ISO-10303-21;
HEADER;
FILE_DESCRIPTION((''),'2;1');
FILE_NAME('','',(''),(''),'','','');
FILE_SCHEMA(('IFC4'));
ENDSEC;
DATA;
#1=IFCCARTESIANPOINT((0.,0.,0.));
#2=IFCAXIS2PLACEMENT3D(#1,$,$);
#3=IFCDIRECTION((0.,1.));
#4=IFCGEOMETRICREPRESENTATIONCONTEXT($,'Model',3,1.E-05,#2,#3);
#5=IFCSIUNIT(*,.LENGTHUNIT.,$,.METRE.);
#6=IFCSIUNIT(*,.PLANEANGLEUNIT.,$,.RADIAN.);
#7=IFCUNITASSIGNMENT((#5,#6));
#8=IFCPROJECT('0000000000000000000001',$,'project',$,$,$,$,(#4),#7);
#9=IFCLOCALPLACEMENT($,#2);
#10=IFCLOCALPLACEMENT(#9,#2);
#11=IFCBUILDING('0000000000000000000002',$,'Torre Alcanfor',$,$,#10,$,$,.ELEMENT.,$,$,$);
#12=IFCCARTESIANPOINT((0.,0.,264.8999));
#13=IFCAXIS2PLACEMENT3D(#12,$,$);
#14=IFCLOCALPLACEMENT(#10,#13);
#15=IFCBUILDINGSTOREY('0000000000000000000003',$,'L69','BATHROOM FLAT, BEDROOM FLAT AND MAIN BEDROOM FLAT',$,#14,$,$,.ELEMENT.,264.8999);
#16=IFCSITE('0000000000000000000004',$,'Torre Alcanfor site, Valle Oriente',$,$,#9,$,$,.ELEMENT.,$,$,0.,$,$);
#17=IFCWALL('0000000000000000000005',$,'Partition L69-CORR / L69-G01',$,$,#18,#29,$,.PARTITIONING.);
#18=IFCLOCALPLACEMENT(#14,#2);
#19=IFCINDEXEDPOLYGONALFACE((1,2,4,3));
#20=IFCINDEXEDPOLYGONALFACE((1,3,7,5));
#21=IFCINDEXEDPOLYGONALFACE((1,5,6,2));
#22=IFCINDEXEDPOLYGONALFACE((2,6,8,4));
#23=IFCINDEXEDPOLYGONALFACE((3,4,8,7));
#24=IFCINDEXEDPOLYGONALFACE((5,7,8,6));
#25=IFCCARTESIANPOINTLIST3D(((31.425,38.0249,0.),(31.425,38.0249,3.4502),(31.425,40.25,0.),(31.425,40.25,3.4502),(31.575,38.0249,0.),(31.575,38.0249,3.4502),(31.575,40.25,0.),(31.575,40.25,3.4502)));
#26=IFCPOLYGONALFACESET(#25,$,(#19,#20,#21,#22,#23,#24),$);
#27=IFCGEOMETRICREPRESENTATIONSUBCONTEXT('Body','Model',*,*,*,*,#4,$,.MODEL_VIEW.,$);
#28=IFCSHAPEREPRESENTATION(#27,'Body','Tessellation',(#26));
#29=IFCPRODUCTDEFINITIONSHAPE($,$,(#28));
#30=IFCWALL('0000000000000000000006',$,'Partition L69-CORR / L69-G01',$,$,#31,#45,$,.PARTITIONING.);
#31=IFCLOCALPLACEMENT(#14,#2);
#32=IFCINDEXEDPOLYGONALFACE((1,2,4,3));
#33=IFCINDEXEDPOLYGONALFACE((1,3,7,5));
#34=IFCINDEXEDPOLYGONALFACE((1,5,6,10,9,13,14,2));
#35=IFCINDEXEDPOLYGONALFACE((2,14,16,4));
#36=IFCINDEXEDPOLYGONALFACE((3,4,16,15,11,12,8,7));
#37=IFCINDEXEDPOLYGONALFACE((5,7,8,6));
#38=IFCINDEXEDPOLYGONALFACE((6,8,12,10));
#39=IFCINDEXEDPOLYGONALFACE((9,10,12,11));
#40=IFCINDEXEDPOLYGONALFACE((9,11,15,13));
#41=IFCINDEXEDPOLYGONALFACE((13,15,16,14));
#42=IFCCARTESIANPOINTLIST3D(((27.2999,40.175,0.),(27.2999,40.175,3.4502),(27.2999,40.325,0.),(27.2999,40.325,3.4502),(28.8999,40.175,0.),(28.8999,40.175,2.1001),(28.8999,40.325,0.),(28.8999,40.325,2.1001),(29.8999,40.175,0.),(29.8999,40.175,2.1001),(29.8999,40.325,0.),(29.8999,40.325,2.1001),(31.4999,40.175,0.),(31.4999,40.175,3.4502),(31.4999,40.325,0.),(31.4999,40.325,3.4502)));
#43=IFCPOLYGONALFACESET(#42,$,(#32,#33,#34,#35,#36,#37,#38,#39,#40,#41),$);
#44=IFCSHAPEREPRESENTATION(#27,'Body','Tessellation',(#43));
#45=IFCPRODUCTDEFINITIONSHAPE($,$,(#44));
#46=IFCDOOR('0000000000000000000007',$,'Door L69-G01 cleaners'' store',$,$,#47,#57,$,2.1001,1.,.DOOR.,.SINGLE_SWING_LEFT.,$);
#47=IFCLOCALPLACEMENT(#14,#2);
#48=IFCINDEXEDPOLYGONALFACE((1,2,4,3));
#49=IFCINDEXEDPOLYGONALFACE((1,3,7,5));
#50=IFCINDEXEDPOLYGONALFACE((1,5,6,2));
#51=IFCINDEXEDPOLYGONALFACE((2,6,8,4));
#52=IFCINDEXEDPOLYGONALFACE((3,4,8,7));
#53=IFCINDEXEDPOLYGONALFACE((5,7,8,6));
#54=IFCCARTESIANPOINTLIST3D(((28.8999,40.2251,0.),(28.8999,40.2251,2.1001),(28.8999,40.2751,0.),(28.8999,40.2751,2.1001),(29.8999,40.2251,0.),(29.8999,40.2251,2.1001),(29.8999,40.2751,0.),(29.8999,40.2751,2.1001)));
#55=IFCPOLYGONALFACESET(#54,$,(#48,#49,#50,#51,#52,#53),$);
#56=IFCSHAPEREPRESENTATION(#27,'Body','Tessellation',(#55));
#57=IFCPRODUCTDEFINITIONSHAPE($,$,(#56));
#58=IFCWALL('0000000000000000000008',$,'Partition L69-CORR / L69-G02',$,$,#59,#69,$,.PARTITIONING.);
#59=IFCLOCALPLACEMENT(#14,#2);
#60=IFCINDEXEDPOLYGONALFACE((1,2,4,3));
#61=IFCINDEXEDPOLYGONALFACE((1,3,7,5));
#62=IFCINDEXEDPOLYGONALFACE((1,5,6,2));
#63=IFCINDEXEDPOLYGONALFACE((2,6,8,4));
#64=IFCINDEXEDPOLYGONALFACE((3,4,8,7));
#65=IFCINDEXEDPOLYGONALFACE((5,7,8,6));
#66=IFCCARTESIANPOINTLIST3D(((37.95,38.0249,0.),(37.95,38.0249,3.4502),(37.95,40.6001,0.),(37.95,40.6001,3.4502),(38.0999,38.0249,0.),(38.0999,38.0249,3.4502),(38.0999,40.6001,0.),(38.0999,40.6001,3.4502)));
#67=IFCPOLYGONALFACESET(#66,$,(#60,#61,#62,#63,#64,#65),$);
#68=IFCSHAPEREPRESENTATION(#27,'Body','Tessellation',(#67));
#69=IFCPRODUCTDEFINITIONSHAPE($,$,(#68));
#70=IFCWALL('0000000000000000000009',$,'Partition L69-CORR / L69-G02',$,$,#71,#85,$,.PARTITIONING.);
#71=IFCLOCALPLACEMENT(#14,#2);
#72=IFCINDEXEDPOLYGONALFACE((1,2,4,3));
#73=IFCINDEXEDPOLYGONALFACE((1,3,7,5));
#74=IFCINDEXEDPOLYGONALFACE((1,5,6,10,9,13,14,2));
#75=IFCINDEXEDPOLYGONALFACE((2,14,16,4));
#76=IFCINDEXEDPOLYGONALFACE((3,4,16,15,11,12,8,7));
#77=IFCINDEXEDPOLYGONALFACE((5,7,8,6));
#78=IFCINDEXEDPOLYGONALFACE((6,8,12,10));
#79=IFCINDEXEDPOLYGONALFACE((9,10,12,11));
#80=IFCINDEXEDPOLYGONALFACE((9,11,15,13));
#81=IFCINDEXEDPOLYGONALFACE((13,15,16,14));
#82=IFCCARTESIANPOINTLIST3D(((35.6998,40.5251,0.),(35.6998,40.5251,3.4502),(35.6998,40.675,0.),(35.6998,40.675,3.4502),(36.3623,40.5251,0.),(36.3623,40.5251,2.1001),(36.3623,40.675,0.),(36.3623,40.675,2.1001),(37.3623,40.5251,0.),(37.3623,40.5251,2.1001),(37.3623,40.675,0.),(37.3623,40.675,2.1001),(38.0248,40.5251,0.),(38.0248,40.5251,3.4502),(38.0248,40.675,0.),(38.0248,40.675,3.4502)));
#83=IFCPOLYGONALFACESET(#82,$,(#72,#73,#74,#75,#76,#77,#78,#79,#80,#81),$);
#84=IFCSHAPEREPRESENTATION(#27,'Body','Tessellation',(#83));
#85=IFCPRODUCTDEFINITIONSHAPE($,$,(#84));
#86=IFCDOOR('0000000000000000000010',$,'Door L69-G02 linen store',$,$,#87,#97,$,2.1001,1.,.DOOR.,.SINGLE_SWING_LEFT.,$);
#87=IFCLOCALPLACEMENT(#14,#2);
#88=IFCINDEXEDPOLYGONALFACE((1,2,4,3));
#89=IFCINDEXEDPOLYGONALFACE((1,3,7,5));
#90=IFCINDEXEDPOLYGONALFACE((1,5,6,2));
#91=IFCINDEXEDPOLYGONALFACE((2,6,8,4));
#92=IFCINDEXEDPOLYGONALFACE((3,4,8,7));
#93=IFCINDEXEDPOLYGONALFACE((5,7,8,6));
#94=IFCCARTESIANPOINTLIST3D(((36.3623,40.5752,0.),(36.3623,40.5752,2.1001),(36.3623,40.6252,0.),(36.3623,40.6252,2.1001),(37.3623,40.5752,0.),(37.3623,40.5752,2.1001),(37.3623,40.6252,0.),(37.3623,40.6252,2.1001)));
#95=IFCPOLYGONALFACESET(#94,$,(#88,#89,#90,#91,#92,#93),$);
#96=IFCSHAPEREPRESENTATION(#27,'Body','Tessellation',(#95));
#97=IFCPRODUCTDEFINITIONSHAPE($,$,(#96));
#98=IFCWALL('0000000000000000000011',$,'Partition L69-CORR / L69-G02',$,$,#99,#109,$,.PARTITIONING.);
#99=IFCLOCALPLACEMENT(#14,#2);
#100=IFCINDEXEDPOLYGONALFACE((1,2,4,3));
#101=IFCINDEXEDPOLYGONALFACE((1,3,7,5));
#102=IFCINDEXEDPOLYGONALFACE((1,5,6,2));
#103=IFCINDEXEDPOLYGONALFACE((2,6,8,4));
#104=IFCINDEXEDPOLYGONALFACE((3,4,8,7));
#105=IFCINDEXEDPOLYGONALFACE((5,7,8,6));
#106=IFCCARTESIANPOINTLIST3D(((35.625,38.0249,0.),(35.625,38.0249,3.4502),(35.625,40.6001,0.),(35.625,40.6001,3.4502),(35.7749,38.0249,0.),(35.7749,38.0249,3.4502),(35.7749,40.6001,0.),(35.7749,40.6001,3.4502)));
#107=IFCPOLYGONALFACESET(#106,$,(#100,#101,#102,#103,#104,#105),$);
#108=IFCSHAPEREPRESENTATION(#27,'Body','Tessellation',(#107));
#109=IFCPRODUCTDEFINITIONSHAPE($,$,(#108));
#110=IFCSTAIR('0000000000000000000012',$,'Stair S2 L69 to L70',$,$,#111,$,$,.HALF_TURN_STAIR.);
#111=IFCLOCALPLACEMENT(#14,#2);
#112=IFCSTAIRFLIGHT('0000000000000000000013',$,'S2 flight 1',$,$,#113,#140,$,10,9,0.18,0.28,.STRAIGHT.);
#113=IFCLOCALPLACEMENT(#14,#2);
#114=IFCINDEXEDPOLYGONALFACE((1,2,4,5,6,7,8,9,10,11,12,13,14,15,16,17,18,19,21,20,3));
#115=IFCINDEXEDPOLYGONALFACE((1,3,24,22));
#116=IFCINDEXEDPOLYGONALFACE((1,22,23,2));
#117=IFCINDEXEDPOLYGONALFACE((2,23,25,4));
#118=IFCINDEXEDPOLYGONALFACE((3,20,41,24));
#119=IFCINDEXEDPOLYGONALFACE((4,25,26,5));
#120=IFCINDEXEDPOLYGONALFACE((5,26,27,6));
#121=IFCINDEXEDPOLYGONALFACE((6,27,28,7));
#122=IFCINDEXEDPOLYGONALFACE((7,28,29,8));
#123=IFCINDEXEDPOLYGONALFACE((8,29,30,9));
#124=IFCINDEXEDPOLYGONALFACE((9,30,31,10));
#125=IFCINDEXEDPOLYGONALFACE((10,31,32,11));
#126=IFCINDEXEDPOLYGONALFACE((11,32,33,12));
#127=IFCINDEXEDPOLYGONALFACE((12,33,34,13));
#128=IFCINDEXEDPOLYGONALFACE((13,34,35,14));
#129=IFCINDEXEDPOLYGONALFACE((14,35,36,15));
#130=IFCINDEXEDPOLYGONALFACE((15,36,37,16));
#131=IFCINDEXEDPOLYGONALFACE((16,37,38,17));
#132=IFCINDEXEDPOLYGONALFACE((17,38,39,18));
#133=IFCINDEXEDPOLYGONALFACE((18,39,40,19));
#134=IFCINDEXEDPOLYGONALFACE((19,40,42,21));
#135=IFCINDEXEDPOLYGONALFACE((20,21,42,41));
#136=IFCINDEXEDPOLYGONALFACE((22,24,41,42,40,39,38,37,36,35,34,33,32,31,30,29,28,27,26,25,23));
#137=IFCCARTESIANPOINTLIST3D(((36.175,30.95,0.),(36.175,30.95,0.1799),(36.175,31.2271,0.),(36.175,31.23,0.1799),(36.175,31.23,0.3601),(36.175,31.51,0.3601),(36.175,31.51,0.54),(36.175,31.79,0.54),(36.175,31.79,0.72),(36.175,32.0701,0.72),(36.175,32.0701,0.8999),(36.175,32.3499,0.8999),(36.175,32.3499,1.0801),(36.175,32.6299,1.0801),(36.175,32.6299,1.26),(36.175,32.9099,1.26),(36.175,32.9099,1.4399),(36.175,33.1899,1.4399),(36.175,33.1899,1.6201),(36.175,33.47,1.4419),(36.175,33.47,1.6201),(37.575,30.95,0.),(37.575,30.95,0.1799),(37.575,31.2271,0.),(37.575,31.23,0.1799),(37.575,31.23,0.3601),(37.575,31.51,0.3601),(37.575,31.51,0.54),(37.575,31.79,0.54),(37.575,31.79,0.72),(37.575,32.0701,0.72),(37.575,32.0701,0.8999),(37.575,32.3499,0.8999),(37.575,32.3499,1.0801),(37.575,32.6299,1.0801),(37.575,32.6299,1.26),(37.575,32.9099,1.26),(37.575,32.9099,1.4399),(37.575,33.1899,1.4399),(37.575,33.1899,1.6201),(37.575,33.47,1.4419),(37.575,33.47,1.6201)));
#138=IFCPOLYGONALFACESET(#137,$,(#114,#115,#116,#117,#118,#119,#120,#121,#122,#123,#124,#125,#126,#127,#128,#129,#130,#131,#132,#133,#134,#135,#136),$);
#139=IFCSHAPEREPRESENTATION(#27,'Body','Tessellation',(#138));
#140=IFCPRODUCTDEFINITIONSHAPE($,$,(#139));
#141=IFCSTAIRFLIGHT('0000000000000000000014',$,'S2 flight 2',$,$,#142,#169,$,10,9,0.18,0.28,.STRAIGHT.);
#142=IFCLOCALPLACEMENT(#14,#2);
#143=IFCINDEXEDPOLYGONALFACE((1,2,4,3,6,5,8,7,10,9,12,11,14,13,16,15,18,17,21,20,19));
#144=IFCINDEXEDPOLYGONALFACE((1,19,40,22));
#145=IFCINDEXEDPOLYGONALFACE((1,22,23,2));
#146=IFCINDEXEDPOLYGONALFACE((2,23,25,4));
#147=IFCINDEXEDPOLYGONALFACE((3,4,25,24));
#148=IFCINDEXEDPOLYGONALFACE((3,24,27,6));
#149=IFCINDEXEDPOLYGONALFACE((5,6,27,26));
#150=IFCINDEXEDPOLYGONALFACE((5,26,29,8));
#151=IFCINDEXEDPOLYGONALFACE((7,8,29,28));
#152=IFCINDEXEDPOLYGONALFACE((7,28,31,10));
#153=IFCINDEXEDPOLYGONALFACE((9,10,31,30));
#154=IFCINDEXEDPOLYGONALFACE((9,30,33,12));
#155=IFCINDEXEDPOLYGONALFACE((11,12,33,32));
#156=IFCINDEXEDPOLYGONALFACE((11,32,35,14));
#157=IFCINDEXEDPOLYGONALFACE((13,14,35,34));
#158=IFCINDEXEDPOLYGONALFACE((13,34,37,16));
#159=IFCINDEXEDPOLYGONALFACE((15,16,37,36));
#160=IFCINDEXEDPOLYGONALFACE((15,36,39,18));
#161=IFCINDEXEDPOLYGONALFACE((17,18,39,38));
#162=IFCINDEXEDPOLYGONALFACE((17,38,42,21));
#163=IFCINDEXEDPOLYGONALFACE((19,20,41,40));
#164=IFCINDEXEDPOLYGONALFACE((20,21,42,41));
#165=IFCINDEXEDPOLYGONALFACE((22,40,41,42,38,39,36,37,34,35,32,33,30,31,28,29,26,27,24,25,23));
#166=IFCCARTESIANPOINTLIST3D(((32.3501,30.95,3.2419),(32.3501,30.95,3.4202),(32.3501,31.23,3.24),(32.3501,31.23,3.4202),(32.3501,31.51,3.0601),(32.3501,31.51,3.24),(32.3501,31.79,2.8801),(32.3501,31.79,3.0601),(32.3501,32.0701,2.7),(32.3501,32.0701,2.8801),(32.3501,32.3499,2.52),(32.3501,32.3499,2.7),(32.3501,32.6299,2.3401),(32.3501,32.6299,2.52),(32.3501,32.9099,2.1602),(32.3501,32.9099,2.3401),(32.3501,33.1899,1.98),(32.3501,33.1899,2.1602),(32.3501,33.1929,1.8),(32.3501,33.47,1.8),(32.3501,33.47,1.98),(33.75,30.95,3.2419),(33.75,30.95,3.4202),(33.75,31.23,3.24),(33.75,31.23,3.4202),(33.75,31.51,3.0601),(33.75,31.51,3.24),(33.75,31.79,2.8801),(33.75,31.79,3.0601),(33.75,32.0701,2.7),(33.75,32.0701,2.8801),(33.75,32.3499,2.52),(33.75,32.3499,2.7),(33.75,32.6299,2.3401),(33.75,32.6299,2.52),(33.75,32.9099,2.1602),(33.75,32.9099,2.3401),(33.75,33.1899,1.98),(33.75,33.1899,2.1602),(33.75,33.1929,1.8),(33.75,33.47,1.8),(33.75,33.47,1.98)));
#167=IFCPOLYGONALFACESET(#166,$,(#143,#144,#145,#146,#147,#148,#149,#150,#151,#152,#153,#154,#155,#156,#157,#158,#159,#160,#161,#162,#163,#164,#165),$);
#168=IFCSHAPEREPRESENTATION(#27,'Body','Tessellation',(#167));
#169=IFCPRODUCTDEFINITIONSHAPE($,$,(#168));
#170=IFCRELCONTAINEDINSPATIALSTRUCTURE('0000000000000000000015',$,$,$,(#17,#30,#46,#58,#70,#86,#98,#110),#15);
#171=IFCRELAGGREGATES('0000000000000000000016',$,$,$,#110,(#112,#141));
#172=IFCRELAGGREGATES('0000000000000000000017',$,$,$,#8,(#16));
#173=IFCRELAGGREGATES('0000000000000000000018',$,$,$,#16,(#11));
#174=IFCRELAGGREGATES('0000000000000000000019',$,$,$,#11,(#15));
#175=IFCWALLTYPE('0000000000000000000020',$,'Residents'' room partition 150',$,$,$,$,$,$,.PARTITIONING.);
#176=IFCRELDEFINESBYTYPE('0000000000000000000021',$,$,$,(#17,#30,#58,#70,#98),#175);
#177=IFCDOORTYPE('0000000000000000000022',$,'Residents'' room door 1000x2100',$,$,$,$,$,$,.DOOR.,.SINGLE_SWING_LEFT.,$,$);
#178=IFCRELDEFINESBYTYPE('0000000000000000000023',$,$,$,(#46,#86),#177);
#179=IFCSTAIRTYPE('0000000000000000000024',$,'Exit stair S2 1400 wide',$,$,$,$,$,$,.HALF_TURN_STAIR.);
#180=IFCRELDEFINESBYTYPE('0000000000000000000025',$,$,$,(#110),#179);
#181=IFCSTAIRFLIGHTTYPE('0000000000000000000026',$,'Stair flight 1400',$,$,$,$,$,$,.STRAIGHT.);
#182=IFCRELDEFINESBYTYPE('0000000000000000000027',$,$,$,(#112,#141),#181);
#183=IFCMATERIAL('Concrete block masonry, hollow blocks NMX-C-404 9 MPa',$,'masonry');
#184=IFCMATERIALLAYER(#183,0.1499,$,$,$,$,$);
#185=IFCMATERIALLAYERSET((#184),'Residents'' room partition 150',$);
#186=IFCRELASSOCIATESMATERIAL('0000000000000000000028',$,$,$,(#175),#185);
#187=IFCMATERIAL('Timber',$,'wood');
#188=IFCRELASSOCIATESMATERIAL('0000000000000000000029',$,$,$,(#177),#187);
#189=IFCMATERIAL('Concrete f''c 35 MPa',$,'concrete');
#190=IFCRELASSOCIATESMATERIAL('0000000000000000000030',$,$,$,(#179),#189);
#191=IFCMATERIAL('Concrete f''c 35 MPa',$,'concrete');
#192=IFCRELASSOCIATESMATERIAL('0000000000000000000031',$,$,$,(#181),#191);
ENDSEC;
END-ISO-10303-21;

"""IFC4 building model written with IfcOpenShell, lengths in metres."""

from ifc_helpers import new_model, si_unit, direction, frame, frame_2d, origin, place, context, subcontext, project, spatial, polyline, rectangle, outline, extrude, material, layer, layer_set, type_object, element, fill, aggregate, save


model = new_model("IFC4")

# Units and contexts
model_context = context("Model", 3, precision=1e-05, world=origin(), true_north=direction((0.0, 1.0)))
body_context = subcontext(model_context, "Body", "Model", "MODEL_VIEW")
ifc_project = project(units=[si_unit("LENGTHUNIT", "METRE"), si_unit("PLANEANGLEUNIT", "RADIAN")], contexts=[model_context])

# Site, building, storey
site_placement = place(None, origin())
site = spatial("IfcSite", under=ifc_project, at=site_placement, Name="Torre Alcanfor site, Valle Oriente", CompositionType="ELEMENT", RefElevation=0.0)
building_placement = place(site_placement, origin())
building = spatial("IfcBuilding", under=site, at=building_placement, Name="Torre Alcanfor", CompositionType="ELEMENT")
storey_placement = place(building_placement, frame((0.0, 0.0, 264.8999)))
storey = spatial("IfcBuildingStorey", under=building, at=storey_placement, Name="L69", Description="BATHROOM FLAT, BEDROOM FLAT AND MAIN BEDROOM FLAT", CompositionType="ELEMENT", Elevation=264.8999)

# Wall
ifc_material_1 = material(Name="Concrete block masonry, hollow blocks NMX-C-404 9 MPa", Category="masonry")
ifc_layer_1 = layer(ifc_material_1, 0.1499)
ifc_layer_set_1 = layer_set([ifc_layer_1], Name="Residents' room partition 150")
wall_type_1 = type_object("IfcWallType", Name="Residents' room partition 150", PredefinedType="PARTITIONING", material=ifc_layer_set_1)
wall_1_placement = place(storey_placement, frame((31.5, 38.0249, 0.0), z_axis=(0.0, 0.0, 1.0), x_axis=(0.0, 1.0, 0.0)))
element("IfcWall", 1, at=wall_1_placement, inside=storey, type_object=wall_type_1, Name="Partition L69-CORR / L69-G01", PredefinedType="PARTITIONING", context=body_context, shape_type="SweptSolid", body=[
    extrude(rectangle(XDim=2.2251, YDim=0.1499, at=frame_2d((1.1125, 0.0))), origin(), (0.0, 0.0, 1.0), 3.4502),
])

# Wall, opening, door
wall_2_placement = place(storey_placement, frame((31.5, 40.25, 0.0), z_axis=(0.0, 0.0, 1.0), x_axis=(-1.0, 0.0, 0.0)))
wall_2 = element("IfcWall", 2, at=wall_2_placement, inside=storey, type_object=wall_type_1, Name="Partition L69-CORR / L69-G01", PredefinedType="PARTITIONING", context=body_context, shape_type="SweptSolid", body=[
    extrude(rectangle(XDim=4.2, YDim=0.1499, at=frame_2d((2.1001, 0.0))), origin(), (0.0, 0.0, 1.0), 3.4502),
])
opening_1_placement = place(wall_2_placement, frame((1.6001, 0.0, 0.0)))
opening_1 = element("IfcOpeningElement", 3, at=opening_1_placement, cuts=wall_2, PredefinedType="OPENING", context=body_context, shape_type="SweptSolid", body=[
    extrude(rectangle(XDim=1.0, YDim=2.1001, at=frame_2d((0.5, 1.05))), frame((0.0, 0.085, 0.0), z_axis=(0.0, -1.0, 0.0), x_axis=(1.0, 0.0, 0.0)), (0.0, 0.0, 1.0), 0.1699),
])
ifc_material_2 = material(Name="Timber", Category="wood")
door_type = type_object("IfcDoorType", Name="Residents' room door 1000x2100", OperationType="SINGLE_SWING_LEFT", PredefinedType="DOOR", material=ifc_material_2)
door_1_placement = place(opening_1_placement, origin())
door_1 = element("IfcDoor", 4, at=door_1_placement, inside=storey, type_object=door_type, Name="Door L69-G01 cleaners' store", OperationType="SINGLE_SWING_LEFT", OverallHeight=2.1001, OverallWidth=1.0, PredefinedType="DOOR", context=body_context, shape_type="SweptSolid", body=[
    extrude(rectangle(XDim=1.0, YDim=2.1001, at=frame_2d((0.5, 1.05))), frame((0.0, 0.0249, 0.0), z_axis=(0.0, -1.0, 0.0), x_axis=(1.0, 0.0, 0.0)), (0.0, 0.0, 1.0), 0.05),
])
fill(opening_1, door_1)

# Wall
wall_3_placement = place(storey_placement, frame((38.0249, 38.0249, 0.0), z_axis=(0.0, 0.0, 1.0), x_axis=(0.0, 1.0, 0.0)))
element("IfcWall", 5, at=wall_3_placement, inside=storey, type_object=wall_type_1, Name="Partition L69-CORR / L69-G02", PredefinedType="PARTITIONING", context=body_context, shape_type="SweptSolid", body=[
    extrude(rectangle(XDim=2.5752, YDim=0.1499, at=frame_2d((1.2876, 0.0))), origin(), (0.0, 0.0, 1.0), 3.4502),
])

# Wall, opening, door
wall_4_placement = place(storey_placement, frame((38.0249, 40.6001, 0.0), z_axis=(0.0, 0.0, 1.0), x_axis=(-1.0, 0.0, 0.0)))
wall_4 = element("IfcWall", 6, at=wall_4_placement, inside=storey, type_object=wall_type_1, Name="Partition L69-CORR / L69-G02", PredefinedType="PARTITIONING", context=body_context, shape_type="SweptSolid", body=[
    extrude(rectangle(XDim=2.325, YDim=0.1499, at=frame_2d((1.1626, 0.0))), origin(), (0.0, 0.0, 1.0), 3.4502),
])
opening_2_placement = place(wall_4_placement, frame((0.6626, 0.0, 0.0)))
opening_2 = element("IfcOpeningElement", 7, at=opening_2_placement, cuts=wall_4, PredefinedType="OPENING", context=body_context, shape_type="SweptSolid", body=[
    extrude(rectangle(XDim=1.0, YDim=2.1001, at=frame_2d((0.5, 1.05))), frame((0.0, 0.085, 0.0), z_axis=(0.0, -1.0, 0.0), x_axis=(1.0, 0.0, 0.0)), (0.0, 0.0, 1.0), 0.1699),
])
door_2_placement = place(opening_2_placement, origin())
door_2 = element("IfcDoor", 8, at=door_2_placement, inside=storey, type_object=door_type, Name="Door L69-G02 linen store", OperationType="SINGLE_SWING_LEFT", OverallHeight=2.1001, OverallWidth=1.0, PredefinedType="DOOR", context=body_context, shape_type="SweptSolid", body=[
    extrude(rectangle(XDim=1.0, YDim=2.1001, at=frame_2d((0.5, 1.05))), frame((0.0, 0.0249, 0.0), z_axis=(0.0, -1.0, 0.0), x_axis=(1.0, 0.0, 0.0)), (0.0, 0.0, 1.0), 0.05),
])
fill(opening_2, door_2)

# Wall
wall_5_placement = place(storey_placement, frame((35.7, 40.6001, 0.0), z_axis=(0.0, 0.0, 1.0), x_axis=(0.0, -1.0, 0.0)))
element("IfcWall", 9, at=wall_5_placement, inside=storey, type_object=wall_type_1, Name="Partition L69-CORR / L69-G02", PredefinedType="PARTITIONING", context=body_context, shape_type="SweptSolid", body=[
    extrude(rectangle(XDim=2.5752, YDim=0.1499, at=frame_2d((1.2876, 0.0))), origin(), (0.0, 0.0, 1.0), 3.4502),
])

# Stair, stair flights
ifc_material_3 = material(Name="Concrete f'c 35 MPa", Category="concrete")
stair_type = type_object("IfcStairType", Name="Exit stair S2 1400 wide", PredefinedType="HALF_TURN_STAIR", material=ifc_material_3)
stair_placement = place(storey_placement, origin())
stair = element("IfcStair", 10, at=stair_placement, inside=storey, type_object=stair_type, Name="Stair S2 L69 to L70", PredefinedType="HALF_TURN_STAIR")
ifc_material_4 = material(Name="Concrete f'c 35 MPa", Category="concrete")
stair_flight_type = type_object("IfcStairFlightType", Name="Stair flight 1400", PredefinedType="STRAIGHT", material=ifc_material_4)
stair_flight_1_placement = place(storey_placement, frame((36.875, 30.95, 0.0), z_axis=(0.0, 0.0, 1.0), x_axis=(0.0, 1.0, 0.0)))
stair_flight_1 = element("IfcStairFlight", 11, at=stair_flight_1_placement, type_object=stair_flight_type, Name="S2 flight 1", NumberOfRisers=10, NumberOfTreads=9, PredefinedType="STRAIGHT", RiserHeight=0.18, TreadLength=0.28, context=body_context, shape_type="SweptSolid", body=[
    extrude(outline(polyline([(0.0, 0.0), (0.0, 0.1799), (0.28, 0.1799), (0.28, 0.3601), (0.5601, 0.3601), (0.5601, 0.54), (0.8401, 0.54), (0.8401, 0.72), (1.1201, 0.72), (1.1201, 0.8999), (1.3999, 0.8999), (1.3999, 1.0801), (1.6799, 1.0801), (1.6799, 1.26), (1.96, 1.26), (1.96, 1.4399), (2.24, 1.4399), (2.24, 1.6201), (2.52, 1.6201), (2.52, 1.8), (2.52, 1.4419), (0.2771, 0.0), (0.0, 0.0)])), frame((0.0, 0.7, 0.0), z_axis=(0.0, -1.0, 0.0), x_axis=(1.0, 0.0, 0.0)), (0.0, 0.0, 1.0), 1.3999),
])
stair_flight_2_placement = place(storey_placement, frame((33.05, 33.47, 1.8), z_axis=(0.0, 0.0, 1.0), x_axis=(0.0, -1.0, 0.0)))
stair_flight_2 = element("IfcStairFlight", 12, at=stair_flight_2_placement, type_object=stair_flight_type, Name="S2 flight 2", NumberOfRisers=10, NumberOfTreads=9, PredefinedType="STRAIGHT", RiserHeight=0.18, TreadLength=0.28, context=body_context, shape_type="SweptSolid", body=[
    extrude(outline(polyline([(0.0, 0.0), (0.0, 0.1799), (0.28, 0.1799), (0.28, 0.3601), (0.5601, 0.3601), (0.5601, 0.54), (0.8401, 0.54), (0.8401, 0.72), (1.1201, 0.72), (1.1201, 0.8999), (1.3999, 0.8999), (1.3999, 1.0801), (1.6799, 1.0801), (1.6799, 1.26), (1.96, 1.26), (1.96, 1.4399), (2.24, 1.4399), (2.24, 1.6201), (2.52, 1.6201), (2.52, 1.8), (2.52, 1.4419), (0.2771, 0.0), (0.0, 0.0)])), frame((0.0, 0.7, 0.0), z_axis=(0.0, -1.0, 0.0), x_axis=(1.0, 0.0, 0.0)), (0.0, 0.0, 1.0), 1.3999),
])
aggregate(stair, [stair_flight_1, stair_flight_2])

save(model, "model.ifc")
